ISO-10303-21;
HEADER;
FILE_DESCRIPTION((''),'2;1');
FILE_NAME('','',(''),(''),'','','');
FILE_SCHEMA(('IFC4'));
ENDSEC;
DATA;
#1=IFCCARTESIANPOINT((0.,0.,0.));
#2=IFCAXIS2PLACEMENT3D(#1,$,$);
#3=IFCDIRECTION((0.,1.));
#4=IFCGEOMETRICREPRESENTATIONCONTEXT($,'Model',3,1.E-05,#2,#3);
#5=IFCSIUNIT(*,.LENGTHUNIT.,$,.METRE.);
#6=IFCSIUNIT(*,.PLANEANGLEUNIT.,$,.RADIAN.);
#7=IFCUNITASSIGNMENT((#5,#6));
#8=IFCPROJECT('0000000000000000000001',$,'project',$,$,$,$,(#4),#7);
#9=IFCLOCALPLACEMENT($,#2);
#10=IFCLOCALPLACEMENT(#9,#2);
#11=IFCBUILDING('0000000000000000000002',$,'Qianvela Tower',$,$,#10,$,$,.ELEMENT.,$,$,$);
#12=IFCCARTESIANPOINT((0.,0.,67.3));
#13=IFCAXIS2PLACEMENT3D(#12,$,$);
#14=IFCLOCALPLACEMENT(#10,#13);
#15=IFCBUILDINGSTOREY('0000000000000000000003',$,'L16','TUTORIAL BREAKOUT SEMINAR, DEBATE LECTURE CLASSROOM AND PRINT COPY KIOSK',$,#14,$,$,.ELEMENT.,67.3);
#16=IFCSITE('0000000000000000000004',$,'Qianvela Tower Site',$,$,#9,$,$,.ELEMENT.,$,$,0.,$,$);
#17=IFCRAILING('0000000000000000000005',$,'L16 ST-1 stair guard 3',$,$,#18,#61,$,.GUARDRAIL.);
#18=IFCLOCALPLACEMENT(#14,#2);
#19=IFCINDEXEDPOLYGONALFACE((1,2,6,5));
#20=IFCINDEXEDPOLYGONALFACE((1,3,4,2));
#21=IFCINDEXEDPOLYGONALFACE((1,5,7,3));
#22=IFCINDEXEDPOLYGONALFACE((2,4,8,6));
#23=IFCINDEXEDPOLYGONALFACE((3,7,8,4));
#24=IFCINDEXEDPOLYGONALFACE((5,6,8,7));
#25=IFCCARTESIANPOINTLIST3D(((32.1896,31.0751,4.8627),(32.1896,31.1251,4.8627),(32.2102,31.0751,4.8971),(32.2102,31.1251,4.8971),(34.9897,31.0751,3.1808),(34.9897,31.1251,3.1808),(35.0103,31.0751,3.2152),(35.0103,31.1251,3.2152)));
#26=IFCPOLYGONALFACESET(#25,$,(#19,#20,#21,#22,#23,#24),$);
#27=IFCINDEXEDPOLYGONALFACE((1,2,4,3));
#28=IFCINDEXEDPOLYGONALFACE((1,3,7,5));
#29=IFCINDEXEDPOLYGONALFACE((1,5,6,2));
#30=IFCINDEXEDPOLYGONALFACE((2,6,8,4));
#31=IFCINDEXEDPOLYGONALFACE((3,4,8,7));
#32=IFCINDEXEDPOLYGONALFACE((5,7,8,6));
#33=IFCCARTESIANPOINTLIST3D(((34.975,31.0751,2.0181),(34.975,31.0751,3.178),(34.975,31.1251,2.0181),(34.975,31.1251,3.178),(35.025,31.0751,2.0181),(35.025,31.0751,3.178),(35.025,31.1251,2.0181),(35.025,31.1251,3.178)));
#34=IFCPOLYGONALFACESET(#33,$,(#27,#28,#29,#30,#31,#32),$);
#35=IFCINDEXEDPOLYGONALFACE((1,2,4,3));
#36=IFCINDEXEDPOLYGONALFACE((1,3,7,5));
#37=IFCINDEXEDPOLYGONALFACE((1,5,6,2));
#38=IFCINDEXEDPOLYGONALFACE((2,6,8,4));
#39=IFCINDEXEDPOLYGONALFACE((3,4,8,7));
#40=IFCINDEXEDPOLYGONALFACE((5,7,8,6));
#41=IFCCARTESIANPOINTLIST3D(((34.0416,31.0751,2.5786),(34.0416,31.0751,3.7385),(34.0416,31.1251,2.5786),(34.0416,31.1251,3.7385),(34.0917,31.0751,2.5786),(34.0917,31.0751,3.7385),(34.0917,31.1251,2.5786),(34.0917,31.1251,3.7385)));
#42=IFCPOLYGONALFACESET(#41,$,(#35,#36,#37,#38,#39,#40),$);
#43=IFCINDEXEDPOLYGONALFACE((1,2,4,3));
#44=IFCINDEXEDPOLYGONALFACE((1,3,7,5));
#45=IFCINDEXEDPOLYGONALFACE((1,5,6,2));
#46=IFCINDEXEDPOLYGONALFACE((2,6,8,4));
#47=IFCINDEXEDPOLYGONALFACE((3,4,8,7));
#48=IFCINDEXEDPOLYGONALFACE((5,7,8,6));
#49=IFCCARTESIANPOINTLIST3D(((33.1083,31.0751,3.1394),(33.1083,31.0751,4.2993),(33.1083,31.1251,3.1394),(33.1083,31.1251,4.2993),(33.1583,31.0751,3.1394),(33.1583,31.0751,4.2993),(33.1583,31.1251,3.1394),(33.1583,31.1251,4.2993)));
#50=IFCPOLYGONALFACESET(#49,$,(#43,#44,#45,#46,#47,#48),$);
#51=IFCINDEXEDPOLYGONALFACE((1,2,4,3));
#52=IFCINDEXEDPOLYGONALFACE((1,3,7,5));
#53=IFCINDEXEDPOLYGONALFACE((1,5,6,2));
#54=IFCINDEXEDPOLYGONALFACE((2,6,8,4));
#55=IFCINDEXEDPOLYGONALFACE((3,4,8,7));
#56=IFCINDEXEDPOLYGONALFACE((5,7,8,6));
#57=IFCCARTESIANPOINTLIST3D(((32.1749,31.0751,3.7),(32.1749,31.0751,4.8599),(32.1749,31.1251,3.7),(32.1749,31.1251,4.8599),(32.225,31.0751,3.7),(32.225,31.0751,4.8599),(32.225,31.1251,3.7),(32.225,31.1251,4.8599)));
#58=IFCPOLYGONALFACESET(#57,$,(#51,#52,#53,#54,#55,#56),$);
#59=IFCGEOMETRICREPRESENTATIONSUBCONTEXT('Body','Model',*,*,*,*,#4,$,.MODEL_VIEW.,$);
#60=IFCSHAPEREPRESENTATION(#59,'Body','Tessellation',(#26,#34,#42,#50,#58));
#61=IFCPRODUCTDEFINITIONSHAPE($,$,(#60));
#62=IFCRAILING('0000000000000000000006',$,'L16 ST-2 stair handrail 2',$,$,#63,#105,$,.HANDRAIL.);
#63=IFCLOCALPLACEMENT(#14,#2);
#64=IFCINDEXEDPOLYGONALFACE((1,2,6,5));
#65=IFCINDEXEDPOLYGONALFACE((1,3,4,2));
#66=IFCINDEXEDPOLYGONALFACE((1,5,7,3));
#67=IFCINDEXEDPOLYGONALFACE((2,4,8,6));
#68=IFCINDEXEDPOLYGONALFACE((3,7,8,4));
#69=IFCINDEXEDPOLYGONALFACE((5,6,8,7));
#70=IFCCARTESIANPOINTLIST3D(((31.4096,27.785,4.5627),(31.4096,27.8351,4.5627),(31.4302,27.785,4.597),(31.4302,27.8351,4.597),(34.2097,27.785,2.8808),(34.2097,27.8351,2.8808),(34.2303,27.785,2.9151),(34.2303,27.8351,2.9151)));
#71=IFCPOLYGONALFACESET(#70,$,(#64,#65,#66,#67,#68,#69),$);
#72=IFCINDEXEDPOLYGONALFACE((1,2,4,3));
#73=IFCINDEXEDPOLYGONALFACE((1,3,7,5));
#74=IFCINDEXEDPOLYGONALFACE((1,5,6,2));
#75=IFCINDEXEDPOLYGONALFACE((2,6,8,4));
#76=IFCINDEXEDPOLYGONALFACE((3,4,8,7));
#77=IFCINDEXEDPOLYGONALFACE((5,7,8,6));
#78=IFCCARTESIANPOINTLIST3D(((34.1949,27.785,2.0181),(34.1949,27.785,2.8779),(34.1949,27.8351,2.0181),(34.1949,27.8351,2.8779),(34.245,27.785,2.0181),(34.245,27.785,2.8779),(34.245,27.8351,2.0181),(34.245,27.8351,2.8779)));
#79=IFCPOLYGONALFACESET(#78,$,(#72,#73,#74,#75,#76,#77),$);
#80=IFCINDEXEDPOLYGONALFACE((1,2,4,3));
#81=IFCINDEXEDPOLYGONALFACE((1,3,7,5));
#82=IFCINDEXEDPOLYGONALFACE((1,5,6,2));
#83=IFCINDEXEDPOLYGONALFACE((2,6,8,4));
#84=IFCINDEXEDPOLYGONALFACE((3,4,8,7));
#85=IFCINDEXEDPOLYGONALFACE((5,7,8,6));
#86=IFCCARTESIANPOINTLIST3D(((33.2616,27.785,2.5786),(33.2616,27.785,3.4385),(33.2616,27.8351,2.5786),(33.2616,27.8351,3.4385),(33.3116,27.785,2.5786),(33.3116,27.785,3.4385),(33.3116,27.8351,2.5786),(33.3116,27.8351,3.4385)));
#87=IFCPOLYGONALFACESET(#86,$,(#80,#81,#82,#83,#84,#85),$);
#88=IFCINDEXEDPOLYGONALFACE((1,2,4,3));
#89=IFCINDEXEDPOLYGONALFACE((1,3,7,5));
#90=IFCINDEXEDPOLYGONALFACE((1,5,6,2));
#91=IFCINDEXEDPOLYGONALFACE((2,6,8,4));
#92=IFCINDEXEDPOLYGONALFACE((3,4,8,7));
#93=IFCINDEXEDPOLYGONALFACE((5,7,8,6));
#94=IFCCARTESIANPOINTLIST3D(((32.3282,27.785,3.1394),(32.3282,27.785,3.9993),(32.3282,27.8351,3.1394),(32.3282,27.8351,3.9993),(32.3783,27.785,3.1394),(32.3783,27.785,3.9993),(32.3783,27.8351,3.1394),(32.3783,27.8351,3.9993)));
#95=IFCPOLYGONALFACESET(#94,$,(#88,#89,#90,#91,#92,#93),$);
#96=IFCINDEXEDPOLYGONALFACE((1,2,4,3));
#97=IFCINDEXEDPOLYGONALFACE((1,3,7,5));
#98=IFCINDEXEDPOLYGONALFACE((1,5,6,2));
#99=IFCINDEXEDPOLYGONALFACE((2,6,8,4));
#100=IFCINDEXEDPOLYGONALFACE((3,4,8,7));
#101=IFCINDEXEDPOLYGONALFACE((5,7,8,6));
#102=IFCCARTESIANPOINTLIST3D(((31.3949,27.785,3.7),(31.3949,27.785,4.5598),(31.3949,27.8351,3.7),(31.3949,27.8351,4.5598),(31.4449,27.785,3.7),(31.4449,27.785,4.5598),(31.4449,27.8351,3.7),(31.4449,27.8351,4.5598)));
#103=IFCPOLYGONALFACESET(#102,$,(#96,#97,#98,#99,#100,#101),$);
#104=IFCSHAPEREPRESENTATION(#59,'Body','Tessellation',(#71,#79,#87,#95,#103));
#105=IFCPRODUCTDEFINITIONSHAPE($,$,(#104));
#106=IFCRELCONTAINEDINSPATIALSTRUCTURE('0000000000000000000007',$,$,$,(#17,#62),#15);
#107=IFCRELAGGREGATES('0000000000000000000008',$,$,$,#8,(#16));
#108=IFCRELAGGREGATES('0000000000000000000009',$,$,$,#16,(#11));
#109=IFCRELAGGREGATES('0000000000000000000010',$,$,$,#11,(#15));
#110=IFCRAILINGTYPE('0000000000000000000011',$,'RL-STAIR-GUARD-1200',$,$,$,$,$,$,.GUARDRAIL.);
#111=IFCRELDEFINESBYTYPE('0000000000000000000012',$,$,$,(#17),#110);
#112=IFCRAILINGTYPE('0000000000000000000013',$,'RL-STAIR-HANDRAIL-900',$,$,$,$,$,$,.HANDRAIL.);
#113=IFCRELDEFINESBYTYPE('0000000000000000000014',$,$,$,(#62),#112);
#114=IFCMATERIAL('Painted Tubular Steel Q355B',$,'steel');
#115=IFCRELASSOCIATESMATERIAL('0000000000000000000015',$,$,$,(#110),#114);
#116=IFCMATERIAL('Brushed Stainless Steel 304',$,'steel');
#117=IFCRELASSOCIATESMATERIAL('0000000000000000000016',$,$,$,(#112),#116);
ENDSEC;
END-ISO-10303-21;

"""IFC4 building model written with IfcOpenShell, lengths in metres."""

from ifc_helpers import new_model, si_unit, direction, frame, origin, origin_2d, place, context, subcontext, project, spatial, rectangle, extrude, material, type_object, element, save


model = new_model("IFC4")

# Units and contexts
model_context = context("Model", 3, precision=1e-05, world=origin(), true_north=direction((0.0, 1.0)))
body_context = subcontext(model_context, "Body", "Model", "MODEL_VIEW")
ifc_project = project(units=[si_unit("LENGTHUNIT", "METRE"), si_unit("PLANEANGLEUNIT", "RADIAN")], contexts=[model_context])

# Site, building, storey
site_placement = place(None, origin())
site = spatial("IfcSite", under=ifc_project, at=site_placement, Name="Qianvela Tower Site", CompositionType="ELEMENT", RefElevation=0.0)
building_placement = place(site_placement, origin())
building = spatial("IfcBuilding", under=site, at=building_placement, Name="Qianvela Tower", CompositionType="ELEMENT")
storey_placement = place(building_placement, frame((0.0, 0.0, 67.3)))
storey = spatial("IfcBuildingStorey", under=building, at=storey_placement, Name="L16", Description="TUTORIAL BREAKOUT SEMINAR, DEBATE LECTURE CLASSROOM AND PRINT COPY KIOSK", CompositionType="ELEMENT", Elevation=67.3)

# Railings
ifc_material_1 = material(Name="Painted Tubular Steel Q355B", Category="steel")
railing_type_1 = type_object("IfcRailingType", Name="RL-STAIR-GUARD-1200", PredefinedType="GUARDRAIL", material=ifc_material_1)
railing_1_placement = place(storey_placement, frame((35.0, 31.1001, 2.0181)))
element("IfcRailing", 1, at=railing_1_placement, inside=storey, type_object=railing_type_1, Name="L16 ST-1 stair guard 3", PredefinedType="GUARDRAIL", context=body_context, shape_type="SweptSolid", body=[
    extrude(rectangle(XDim=0.05, YDim=0.04, at=origin_2d()), frame((0.0, 0.0, 1.1799), z_axis=(-0.857242, 0.0, 0.514913), x_axis=(0.0, -1.0, 0.0)), (0.0, 0.0, 1.0), 3.2664),
    extrude(rectangle(XDim=0.05, YDim=0.05, at=origin_2d()), origin(), (0.0, 0.0, 1.0), 1.1599),
    extrude(rectangle(XDim=0.05, YDim=0.05, at=origin_2d()), frame((-0.9333, 0.0, 0.5605)), (0.0, 0.0, 1.0), 1.1599),
    extrude(rectangle(XDim=0.05, YDim=0.05, at=origin_2d()), frame((-1.8667, 0.0, 1.1213)), (0.0, 0.0, 1.0), 1.1599),
    extrude(rectangle(XDim=0.05, YDim=0.05, at=origin_2d()), frame((-2.8, 0.0, 1.6819)), (0.0, 0.0, 1.0), 1.1599),
])
ifc_material_2 = material(Name="Brushed Stainless Steel 304", Category="steel")
railing_type_2 = type_object("IfcRailingType", Name="RL-STAIR-HANDRAIL-900", PredefinedType="HANDRAIL", material=ifc_material_2)
railing_2_placement = place(storey_placement, frame((34.22, 27.8101, 2.0181)))
element("IfcRailing", 2, at=railing_2_placement, inside=storey, type_object=railing_type_2, Name="L16 ST-2 stair handrail 2", PredefinedType="HANDRAIL", context=body_context, shape_type="SweptSolid", body=[
    extrude(rectangle(XDim=0.05, YDim=0.04, at=origin_2d()), frame((0.0, 0.0, 0.8799), z_axis=(-0.857242, 0.0, 0.514913), x_axis=(0.0, -1.0, 0.0)), (0.0, 0.0, 1.0), 3.2664),
    extrude(rectangle(XDim=0.05, YDim=0.05, at=origin_2d()), origin(), (0.0, 0.0, 1.0), 0.8599),
    extrude(rectangle(XDim=0.05, YDim=0.05, at=origin_2d()), frame((-0.9333, 0.0, 0.5605)), (0.0, 0.0, 1.0), 0.8599),
    extrude(rectangle(XDim=0.05, YDim=0.05, at=origin_2d()), frame((-1.8667, 0.0, 1.1213)), (0.0, 0.0, 1.0), 0.8599),
    extrude(rectangle(XDim=0.05, YDim=0.05, at=origin_2d()), frame((-2.8, 0.0, 1.6819)), (0.0, 0.0, 1.0), 0.8599),
])

save(model, "model.ifc")
